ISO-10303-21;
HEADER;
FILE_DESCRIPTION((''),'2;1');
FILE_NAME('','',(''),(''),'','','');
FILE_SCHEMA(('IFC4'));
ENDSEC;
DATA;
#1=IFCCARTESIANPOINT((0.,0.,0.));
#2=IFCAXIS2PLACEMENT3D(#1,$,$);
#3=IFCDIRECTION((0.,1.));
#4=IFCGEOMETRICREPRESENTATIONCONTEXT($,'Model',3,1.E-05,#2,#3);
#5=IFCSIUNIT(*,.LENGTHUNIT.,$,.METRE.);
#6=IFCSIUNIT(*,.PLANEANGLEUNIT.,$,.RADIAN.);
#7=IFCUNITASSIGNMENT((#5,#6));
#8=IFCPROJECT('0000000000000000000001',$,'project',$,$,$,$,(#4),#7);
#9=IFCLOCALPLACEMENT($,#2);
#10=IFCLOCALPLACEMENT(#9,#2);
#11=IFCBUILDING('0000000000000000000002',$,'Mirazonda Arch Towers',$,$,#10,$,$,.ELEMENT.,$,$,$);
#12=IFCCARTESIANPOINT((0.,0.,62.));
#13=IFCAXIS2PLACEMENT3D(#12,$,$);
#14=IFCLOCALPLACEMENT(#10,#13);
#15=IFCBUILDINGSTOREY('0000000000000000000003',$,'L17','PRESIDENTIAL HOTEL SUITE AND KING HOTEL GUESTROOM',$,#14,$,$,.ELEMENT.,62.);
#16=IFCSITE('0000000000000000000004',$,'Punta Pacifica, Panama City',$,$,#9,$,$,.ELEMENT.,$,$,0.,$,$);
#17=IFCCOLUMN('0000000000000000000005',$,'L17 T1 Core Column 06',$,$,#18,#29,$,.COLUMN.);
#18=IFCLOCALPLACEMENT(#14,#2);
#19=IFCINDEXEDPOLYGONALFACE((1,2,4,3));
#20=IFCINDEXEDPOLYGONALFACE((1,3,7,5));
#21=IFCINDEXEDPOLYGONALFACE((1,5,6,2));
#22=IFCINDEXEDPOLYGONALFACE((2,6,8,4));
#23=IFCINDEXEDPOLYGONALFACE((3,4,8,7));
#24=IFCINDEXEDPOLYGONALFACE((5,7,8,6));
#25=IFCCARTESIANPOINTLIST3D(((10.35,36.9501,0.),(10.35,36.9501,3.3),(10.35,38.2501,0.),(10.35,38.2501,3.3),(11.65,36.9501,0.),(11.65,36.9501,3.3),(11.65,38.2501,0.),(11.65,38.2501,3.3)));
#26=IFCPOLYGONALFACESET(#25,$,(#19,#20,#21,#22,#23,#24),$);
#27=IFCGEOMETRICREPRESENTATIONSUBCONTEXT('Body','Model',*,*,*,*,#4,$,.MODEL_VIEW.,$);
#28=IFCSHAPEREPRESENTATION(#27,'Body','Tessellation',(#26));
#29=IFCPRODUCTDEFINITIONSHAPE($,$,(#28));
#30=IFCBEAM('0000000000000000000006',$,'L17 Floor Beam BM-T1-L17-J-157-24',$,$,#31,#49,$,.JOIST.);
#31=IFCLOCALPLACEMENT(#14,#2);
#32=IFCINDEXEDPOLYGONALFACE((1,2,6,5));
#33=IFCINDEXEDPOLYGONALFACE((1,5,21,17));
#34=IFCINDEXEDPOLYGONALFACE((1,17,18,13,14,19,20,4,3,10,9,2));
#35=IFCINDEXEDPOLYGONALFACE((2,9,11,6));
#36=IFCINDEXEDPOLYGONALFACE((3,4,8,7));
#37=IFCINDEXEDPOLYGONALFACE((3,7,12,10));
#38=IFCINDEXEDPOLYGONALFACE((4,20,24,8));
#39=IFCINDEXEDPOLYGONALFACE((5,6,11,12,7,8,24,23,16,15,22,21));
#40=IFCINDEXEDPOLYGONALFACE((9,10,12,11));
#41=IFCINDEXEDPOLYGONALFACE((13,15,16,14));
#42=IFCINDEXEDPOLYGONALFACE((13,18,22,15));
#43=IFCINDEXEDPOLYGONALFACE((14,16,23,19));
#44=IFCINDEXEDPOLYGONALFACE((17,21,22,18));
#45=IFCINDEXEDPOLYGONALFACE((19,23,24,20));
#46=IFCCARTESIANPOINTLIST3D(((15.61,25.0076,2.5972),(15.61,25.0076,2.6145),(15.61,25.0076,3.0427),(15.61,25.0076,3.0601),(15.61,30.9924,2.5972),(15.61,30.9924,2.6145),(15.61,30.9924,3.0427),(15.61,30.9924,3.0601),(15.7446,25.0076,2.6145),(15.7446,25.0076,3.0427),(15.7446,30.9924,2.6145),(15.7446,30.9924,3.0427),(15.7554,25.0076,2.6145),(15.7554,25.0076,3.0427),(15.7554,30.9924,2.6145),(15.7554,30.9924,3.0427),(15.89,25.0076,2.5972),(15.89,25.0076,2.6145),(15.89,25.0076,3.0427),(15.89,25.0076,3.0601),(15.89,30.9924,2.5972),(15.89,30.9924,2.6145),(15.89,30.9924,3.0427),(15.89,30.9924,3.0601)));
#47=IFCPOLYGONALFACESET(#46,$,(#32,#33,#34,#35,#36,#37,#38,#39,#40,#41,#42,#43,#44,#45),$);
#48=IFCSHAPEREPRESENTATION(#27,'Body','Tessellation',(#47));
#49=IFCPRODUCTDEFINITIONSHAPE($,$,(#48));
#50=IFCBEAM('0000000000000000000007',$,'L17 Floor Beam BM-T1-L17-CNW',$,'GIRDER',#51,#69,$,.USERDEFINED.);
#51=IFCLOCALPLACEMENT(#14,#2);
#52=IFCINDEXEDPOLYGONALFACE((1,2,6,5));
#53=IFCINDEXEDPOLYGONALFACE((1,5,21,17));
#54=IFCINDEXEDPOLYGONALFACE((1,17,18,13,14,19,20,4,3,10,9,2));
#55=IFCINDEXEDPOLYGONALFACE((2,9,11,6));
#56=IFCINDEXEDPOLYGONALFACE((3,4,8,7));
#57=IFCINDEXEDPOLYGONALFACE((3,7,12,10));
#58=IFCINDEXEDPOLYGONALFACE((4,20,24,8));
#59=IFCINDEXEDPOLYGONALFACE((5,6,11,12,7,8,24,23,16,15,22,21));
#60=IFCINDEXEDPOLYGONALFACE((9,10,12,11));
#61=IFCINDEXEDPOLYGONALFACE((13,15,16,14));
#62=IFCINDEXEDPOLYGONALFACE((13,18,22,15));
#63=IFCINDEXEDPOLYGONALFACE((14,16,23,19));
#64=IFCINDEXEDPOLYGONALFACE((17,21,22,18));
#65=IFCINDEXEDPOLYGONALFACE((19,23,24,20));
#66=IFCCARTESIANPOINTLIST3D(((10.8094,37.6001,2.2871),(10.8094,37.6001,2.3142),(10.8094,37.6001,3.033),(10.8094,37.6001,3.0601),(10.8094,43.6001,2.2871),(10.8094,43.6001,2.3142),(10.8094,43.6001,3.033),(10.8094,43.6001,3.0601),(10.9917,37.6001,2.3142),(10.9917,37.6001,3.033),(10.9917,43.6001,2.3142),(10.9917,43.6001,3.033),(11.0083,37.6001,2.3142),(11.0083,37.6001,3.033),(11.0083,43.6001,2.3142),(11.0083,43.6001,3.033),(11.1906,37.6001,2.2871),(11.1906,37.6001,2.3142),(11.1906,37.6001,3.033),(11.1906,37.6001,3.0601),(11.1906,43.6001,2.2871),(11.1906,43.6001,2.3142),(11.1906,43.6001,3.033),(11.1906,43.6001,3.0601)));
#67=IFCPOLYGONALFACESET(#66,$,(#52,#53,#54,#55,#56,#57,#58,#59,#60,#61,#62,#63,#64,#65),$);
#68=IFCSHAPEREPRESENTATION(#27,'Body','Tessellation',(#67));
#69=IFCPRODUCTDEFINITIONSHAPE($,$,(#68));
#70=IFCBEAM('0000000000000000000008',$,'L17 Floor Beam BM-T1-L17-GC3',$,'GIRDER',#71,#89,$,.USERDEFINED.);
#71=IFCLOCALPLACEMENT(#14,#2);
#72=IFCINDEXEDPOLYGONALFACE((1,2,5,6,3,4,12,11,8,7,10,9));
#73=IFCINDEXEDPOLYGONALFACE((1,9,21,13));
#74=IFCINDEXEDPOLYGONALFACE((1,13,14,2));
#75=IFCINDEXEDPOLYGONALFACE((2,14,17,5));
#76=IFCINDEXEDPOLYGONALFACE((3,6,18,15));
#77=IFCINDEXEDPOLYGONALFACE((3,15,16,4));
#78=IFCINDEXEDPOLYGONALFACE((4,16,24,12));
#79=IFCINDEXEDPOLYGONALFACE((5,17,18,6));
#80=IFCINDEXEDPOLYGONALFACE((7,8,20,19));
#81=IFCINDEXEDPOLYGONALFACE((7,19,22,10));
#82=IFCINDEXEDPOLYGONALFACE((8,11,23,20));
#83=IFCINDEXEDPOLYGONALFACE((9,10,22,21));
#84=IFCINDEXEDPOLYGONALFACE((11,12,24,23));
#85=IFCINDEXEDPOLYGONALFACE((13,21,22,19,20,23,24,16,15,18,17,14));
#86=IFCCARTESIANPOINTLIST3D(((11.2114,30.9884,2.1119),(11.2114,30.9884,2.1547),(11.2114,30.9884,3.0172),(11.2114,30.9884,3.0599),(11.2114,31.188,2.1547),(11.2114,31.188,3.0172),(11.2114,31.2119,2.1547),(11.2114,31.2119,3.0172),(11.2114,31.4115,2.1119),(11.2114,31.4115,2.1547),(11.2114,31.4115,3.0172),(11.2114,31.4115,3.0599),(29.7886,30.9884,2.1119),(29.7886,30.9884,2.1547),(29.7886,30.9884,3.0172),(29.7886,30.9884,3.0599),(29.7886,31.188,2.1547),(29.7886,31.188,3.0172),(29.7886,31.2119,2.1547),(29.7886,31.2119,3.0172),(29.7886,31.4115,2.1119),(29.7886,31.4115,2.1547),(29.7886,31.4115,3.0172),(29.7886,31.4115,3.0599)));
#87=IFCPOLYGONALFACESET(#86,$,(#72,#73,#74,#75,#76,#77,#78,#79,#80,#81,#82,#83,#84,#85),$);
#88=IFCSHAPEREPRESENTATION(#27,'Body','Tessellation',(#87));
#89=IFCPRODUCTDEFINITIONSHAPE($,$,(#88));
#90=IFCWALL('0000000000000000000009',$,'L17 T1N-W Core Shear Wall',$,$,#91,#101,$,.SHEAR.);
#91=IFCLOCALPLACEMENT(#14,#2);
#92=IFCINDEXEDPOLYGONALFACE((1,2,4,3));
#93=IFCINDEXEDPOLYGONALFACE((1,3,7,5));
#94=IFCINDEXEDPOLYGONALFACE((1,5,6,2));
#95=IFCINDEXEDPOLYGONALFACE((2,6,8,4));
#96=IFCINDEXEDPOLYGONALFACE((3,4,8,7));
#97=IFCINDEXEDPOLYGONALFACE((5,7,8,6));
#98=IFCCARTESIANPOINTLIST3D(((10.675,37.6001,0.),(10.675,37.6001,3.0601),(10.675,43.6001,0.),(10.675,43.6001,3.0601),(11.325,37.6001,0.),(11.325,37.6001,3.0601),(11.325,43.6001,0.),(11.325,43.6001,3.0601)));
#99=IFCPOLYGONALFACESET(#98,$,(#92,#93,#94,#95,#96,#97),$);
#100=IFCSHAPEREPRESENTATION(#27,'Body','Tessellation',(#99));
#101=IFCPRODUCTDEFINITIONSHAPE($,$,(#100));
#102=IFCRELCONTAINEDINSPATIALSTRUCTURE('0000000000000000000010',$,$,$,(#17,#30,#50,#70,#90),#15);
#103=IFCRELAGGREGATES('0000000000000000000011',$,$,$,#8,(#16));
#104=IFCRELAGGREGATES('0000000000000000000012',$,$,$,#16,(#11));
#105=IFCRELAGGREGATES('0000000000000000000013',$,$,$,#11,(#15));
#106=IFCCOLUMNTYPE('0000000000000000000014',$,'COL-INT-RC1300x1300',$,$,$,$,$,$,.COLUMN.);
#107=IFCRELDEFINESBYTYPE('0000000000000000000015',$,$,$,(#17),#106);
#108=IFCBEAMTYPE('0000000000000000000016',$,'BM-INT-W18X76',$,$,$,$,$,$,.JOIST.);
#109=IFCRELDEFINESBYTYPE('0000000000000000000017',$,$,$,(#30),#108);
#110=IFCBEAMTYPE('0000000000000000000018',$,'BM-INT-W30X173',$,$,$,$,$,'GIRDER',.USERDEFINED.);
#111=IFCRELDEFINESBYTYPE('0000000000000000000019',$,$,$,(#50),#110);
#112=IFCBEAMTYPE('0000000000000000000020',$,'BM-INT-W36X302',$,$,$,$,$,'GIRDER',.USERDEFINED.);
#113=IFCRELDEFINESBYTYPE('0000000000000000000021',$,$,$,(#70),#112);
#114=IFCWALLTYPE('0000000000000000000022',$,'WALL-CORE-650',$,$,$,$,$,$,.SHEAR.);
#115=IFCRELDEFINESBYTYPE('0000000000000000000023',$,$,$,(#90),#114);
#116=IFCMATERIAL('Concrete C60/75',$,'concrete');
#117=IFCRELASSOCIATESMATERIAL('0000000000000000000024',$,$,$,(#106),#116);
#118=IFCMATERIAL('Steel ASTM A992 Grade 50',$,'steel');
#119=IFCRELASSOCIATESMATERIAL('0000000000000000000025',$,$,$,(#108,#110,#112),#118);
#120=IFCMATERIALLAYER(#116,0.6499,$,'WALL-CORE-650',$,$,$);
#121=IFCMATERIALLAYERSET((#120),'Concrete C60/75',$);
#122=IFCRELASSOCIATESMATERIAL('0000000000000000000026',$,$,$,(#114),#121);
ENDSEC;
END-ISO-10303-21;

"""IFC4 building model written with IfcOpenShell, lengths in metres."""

from ifc_helpers import new_model, si_unit, direction, frame, frame_2d, origin, origin_2d, place, context, subcontext, project, spatial, rectangle, i_section, extrude, material, layer, layer_set, material_profile, profile_set, type_object, element, save


model = new_model("IFC4")

# Units and contexts
model_context = context("Model", 3, precision=1e-05, world=origin(), true_north=direction((0.0, 1.0)))
body_context = subcontext(model_context, "Body", "Model", "MODEL_VIEW")
ifc_project = project(units=[si_unit("LENGTHUNIT", "METRE"), si_unit("PLANEANGLEUNIT", "RADIAN")], contexts=[model_context])

# Site, building, storey
site_placement = place(None, origin())
site = spatial("IfcSite", under=ifc_project, at=site_placement, Name="Punta Pacifica, Panama City", CompositionType="ELEMENT", RefElevation=0.0)
building_placement = place(site_placement, origin())
building = spatial("IfcBuilding", under=site, at=building_placement, Name="Mirazonda Arch Towers", CompositionType="ELEMENT")
storey_placement = place(building_placement, frame((0.0, 0.0, 62.0)))
storey = spatial("IfcBuildingStorey", under=building, at=storey_placement, Name="L17", Description="PRESIDENTIAL HOTEL SUITE AND KING HOTEL GUESTROOM", CompositionType="ELEMENT", Elevation=62.0)

# Column
ifc_material_1 = material(Name="Concrete C60/75", Category="concrete")
ifc_material_profile_1 = material_profile(ifc_material_1, rectangle(XDim=1.3, YDim=1.3, at=origin_2d()), Name="RC1300x1300")
ifc_profile_set_1 = profile_set([ifc_material_profile_1], Name="Concrete C60/75")
column_type = type_object("IfcColumnType", Name="COL-INT-RC1300x1300", PredefinedType="COLUMN", material=ifc_profile_set_1)
column_placement = place(storey_placement, frame((11.0, 37.6001, 0.0), z_axis=(0.0, 0.0, 1.0), x_axis=(1.0, 0.0, 0.0)))
element("IfcColumn", 1, at=column_placement, inside=storey, type_object=column_type, Name="L17 T1 Core Column 06", PredefinedType="COLUMN", context=body_context, shape_type="SweptSolid", body=[
    extrude(rectangle(XDim=1.3, YDim=1.3, at=origin_2d()), origin(), (0.0, 0.0, 1.0), 3.3),
])

# Beams
ifc_material_2 = material(Name="Steel ASTM A992 Grade 50", Category="steel")
ifc_material_profile_2 = material_profile(ifc_material_2, i_section(OverallWidth=0.28, OverallDepth=0.4629, WebThickness=0.0107, FlangeThickness=0.0173, at=origin_2d()), Name="W18X76")
ifc_profile_set_2 = profile_set([ifc_material_profile_2], Name="Steel ASTM A992 Grade 50")
beam_type_1 = type_object("IfcBeamType", Name="BM-INT-W18X76", PredefinedType="JOIST", material=ifc_profile_set_2)
beam_1_placement = place(storey_placement, frame((15.75, 25.0076, 2.8286), z_axis=(0.0, 1.0, 0.0), x_axis=(-1.0, 0.0, 0.0)))
element("IfcBeam", 2, at=beam_1_placement, inside=storey, type_object=beam_type_1, Name="L17 Floor Beam BM-T1-L17-J-157-24", PredefinedType="JOIST", context=body_context, shape_type="SweptSolid", body=[
    extrude(i_section(OverallWidth=0.28, OverallDepth=0.4629, WebThickness=0.0107, FlangeThickness=0.0173, at=origin_2d()), origin(), (0.0, 0.0, 1.0), 5.9849),
])
ifc_material_profile_3 = material_profile(ifc_material_2, i_section(OverallWidth=0.3811, OverallDepth=0.7729, WebThickness=0.0166, FlangeThickness=0.0271, at=origin_2d()), Name="W30X173")
ifc_profile_set_3 = profile_set([ifc_material_profile_3], Name="Steel ASTM A992 Grade 50")
beam_type_2 = type_object("IfcBeamType", Name="BM-INT-W30X173", ElementType="GIRDER", PredefinedType="USERDEFINED", material=ifc_profile_set_3)
beam_2_placement = place(storey_placement, frame((11.0, 37.6001, 2.6736), z_axis=(0.0, 1.0, 0.0), x_axis=(-1.0, 0.0, 0.0)))
element("IfcBeam", 3, at=beam_2_placement, inside=storey, type_object=beam_type_2, Name="L17 Floor Beam BM-T1-L17-CNW", ObjectType="GIRDER", PredefinedType="USERDEFINED", context=body_context, shape_type="SweptSolid", body=[
    extrude(i_section(OverallWidth=0.3811, OverallDepth=0.7729, WebThickness=0.0166, FlangeThickness=0.0271, at=origin_2d()), origin(), (0.0, 0.0, 1.0), 6.0),
])
ifc_material_profile_4 = material_profile(ifc_material_2, i_section(OverallWidth=0.4231, OverallDepth=0.948, WebThickness=0.0239, FlangeThickness=0.0427, at=origin_2d()), Name="W36X302")
ifc_profile_set_4 = profile_set([ifc_material_profile_4], Name="Steel ASTM A992 Grade 50")
beam_type_3 = type_object("IfcBeamType", Name="BM-INT-W36X302", ElementType="GIRDER", PredefinedType="USERDEFINED", material=ifc_profile_set_4)
beam_3_placement = place(storey_placement, frame((11.2114, 31.2, 2.5859), z_axis=(1.0, 0.0, 0.0), x_axis=(0.0, 1.0, 0.0)))
element("IfcBeam", 4, at=beam_3_placement, inside=storey, type_object=beam_type_3, Name="L17 Floor Beam BM-T1-L17-GC3", ObjectType="GIRDER", PredefinedType="USERDEFINED", context=body_context, shape_type="SweptSolid", body=[
    extrude(i_section(OverallWidth=0.4231, OverallDepth=0.948, WebThickness=0.0239, FlangeThickness=0.0427, at=origin_2d()), origin(), (0.0, 0.0, 1.0), 18.5771),
])

# Wall
ifc_layer_1 = layer(ifc_material_1, 0.6499, Name="WALL-CORE-650")
ifc_layer_set_1 = layer_set([ifc_layer_1], Name="Concrete C60/75")
wall_type_1 = type_object("IfcWallType", Name="WALL-CORE-650", PredefinedType="SHEAR", material=ifc_layer_set_1)
wall_1_placement = place(storey_placement, frame((11.0, 37.6001, 0.0), z_axis=(0.0, 0.0, 1.0), x_axis=(0.0, 1.0, 0.0)))
element("IfcWall", 5, at=wall_1_placement, inside=storey, type_object=wall_type_1, Name="L17 T1N-W Core Shear Wall", PredefinedType="SHEAR", context=body_context, shape_type="SweptSolid", body=[
    extrude(rectangle(XDim=6.0, YDim=0.6499, at=frame_2d((3.0, 0.0))), origin(), (0.0, 0.0, 1.0), 3.0601),
])

save(model, "model.ifc")
